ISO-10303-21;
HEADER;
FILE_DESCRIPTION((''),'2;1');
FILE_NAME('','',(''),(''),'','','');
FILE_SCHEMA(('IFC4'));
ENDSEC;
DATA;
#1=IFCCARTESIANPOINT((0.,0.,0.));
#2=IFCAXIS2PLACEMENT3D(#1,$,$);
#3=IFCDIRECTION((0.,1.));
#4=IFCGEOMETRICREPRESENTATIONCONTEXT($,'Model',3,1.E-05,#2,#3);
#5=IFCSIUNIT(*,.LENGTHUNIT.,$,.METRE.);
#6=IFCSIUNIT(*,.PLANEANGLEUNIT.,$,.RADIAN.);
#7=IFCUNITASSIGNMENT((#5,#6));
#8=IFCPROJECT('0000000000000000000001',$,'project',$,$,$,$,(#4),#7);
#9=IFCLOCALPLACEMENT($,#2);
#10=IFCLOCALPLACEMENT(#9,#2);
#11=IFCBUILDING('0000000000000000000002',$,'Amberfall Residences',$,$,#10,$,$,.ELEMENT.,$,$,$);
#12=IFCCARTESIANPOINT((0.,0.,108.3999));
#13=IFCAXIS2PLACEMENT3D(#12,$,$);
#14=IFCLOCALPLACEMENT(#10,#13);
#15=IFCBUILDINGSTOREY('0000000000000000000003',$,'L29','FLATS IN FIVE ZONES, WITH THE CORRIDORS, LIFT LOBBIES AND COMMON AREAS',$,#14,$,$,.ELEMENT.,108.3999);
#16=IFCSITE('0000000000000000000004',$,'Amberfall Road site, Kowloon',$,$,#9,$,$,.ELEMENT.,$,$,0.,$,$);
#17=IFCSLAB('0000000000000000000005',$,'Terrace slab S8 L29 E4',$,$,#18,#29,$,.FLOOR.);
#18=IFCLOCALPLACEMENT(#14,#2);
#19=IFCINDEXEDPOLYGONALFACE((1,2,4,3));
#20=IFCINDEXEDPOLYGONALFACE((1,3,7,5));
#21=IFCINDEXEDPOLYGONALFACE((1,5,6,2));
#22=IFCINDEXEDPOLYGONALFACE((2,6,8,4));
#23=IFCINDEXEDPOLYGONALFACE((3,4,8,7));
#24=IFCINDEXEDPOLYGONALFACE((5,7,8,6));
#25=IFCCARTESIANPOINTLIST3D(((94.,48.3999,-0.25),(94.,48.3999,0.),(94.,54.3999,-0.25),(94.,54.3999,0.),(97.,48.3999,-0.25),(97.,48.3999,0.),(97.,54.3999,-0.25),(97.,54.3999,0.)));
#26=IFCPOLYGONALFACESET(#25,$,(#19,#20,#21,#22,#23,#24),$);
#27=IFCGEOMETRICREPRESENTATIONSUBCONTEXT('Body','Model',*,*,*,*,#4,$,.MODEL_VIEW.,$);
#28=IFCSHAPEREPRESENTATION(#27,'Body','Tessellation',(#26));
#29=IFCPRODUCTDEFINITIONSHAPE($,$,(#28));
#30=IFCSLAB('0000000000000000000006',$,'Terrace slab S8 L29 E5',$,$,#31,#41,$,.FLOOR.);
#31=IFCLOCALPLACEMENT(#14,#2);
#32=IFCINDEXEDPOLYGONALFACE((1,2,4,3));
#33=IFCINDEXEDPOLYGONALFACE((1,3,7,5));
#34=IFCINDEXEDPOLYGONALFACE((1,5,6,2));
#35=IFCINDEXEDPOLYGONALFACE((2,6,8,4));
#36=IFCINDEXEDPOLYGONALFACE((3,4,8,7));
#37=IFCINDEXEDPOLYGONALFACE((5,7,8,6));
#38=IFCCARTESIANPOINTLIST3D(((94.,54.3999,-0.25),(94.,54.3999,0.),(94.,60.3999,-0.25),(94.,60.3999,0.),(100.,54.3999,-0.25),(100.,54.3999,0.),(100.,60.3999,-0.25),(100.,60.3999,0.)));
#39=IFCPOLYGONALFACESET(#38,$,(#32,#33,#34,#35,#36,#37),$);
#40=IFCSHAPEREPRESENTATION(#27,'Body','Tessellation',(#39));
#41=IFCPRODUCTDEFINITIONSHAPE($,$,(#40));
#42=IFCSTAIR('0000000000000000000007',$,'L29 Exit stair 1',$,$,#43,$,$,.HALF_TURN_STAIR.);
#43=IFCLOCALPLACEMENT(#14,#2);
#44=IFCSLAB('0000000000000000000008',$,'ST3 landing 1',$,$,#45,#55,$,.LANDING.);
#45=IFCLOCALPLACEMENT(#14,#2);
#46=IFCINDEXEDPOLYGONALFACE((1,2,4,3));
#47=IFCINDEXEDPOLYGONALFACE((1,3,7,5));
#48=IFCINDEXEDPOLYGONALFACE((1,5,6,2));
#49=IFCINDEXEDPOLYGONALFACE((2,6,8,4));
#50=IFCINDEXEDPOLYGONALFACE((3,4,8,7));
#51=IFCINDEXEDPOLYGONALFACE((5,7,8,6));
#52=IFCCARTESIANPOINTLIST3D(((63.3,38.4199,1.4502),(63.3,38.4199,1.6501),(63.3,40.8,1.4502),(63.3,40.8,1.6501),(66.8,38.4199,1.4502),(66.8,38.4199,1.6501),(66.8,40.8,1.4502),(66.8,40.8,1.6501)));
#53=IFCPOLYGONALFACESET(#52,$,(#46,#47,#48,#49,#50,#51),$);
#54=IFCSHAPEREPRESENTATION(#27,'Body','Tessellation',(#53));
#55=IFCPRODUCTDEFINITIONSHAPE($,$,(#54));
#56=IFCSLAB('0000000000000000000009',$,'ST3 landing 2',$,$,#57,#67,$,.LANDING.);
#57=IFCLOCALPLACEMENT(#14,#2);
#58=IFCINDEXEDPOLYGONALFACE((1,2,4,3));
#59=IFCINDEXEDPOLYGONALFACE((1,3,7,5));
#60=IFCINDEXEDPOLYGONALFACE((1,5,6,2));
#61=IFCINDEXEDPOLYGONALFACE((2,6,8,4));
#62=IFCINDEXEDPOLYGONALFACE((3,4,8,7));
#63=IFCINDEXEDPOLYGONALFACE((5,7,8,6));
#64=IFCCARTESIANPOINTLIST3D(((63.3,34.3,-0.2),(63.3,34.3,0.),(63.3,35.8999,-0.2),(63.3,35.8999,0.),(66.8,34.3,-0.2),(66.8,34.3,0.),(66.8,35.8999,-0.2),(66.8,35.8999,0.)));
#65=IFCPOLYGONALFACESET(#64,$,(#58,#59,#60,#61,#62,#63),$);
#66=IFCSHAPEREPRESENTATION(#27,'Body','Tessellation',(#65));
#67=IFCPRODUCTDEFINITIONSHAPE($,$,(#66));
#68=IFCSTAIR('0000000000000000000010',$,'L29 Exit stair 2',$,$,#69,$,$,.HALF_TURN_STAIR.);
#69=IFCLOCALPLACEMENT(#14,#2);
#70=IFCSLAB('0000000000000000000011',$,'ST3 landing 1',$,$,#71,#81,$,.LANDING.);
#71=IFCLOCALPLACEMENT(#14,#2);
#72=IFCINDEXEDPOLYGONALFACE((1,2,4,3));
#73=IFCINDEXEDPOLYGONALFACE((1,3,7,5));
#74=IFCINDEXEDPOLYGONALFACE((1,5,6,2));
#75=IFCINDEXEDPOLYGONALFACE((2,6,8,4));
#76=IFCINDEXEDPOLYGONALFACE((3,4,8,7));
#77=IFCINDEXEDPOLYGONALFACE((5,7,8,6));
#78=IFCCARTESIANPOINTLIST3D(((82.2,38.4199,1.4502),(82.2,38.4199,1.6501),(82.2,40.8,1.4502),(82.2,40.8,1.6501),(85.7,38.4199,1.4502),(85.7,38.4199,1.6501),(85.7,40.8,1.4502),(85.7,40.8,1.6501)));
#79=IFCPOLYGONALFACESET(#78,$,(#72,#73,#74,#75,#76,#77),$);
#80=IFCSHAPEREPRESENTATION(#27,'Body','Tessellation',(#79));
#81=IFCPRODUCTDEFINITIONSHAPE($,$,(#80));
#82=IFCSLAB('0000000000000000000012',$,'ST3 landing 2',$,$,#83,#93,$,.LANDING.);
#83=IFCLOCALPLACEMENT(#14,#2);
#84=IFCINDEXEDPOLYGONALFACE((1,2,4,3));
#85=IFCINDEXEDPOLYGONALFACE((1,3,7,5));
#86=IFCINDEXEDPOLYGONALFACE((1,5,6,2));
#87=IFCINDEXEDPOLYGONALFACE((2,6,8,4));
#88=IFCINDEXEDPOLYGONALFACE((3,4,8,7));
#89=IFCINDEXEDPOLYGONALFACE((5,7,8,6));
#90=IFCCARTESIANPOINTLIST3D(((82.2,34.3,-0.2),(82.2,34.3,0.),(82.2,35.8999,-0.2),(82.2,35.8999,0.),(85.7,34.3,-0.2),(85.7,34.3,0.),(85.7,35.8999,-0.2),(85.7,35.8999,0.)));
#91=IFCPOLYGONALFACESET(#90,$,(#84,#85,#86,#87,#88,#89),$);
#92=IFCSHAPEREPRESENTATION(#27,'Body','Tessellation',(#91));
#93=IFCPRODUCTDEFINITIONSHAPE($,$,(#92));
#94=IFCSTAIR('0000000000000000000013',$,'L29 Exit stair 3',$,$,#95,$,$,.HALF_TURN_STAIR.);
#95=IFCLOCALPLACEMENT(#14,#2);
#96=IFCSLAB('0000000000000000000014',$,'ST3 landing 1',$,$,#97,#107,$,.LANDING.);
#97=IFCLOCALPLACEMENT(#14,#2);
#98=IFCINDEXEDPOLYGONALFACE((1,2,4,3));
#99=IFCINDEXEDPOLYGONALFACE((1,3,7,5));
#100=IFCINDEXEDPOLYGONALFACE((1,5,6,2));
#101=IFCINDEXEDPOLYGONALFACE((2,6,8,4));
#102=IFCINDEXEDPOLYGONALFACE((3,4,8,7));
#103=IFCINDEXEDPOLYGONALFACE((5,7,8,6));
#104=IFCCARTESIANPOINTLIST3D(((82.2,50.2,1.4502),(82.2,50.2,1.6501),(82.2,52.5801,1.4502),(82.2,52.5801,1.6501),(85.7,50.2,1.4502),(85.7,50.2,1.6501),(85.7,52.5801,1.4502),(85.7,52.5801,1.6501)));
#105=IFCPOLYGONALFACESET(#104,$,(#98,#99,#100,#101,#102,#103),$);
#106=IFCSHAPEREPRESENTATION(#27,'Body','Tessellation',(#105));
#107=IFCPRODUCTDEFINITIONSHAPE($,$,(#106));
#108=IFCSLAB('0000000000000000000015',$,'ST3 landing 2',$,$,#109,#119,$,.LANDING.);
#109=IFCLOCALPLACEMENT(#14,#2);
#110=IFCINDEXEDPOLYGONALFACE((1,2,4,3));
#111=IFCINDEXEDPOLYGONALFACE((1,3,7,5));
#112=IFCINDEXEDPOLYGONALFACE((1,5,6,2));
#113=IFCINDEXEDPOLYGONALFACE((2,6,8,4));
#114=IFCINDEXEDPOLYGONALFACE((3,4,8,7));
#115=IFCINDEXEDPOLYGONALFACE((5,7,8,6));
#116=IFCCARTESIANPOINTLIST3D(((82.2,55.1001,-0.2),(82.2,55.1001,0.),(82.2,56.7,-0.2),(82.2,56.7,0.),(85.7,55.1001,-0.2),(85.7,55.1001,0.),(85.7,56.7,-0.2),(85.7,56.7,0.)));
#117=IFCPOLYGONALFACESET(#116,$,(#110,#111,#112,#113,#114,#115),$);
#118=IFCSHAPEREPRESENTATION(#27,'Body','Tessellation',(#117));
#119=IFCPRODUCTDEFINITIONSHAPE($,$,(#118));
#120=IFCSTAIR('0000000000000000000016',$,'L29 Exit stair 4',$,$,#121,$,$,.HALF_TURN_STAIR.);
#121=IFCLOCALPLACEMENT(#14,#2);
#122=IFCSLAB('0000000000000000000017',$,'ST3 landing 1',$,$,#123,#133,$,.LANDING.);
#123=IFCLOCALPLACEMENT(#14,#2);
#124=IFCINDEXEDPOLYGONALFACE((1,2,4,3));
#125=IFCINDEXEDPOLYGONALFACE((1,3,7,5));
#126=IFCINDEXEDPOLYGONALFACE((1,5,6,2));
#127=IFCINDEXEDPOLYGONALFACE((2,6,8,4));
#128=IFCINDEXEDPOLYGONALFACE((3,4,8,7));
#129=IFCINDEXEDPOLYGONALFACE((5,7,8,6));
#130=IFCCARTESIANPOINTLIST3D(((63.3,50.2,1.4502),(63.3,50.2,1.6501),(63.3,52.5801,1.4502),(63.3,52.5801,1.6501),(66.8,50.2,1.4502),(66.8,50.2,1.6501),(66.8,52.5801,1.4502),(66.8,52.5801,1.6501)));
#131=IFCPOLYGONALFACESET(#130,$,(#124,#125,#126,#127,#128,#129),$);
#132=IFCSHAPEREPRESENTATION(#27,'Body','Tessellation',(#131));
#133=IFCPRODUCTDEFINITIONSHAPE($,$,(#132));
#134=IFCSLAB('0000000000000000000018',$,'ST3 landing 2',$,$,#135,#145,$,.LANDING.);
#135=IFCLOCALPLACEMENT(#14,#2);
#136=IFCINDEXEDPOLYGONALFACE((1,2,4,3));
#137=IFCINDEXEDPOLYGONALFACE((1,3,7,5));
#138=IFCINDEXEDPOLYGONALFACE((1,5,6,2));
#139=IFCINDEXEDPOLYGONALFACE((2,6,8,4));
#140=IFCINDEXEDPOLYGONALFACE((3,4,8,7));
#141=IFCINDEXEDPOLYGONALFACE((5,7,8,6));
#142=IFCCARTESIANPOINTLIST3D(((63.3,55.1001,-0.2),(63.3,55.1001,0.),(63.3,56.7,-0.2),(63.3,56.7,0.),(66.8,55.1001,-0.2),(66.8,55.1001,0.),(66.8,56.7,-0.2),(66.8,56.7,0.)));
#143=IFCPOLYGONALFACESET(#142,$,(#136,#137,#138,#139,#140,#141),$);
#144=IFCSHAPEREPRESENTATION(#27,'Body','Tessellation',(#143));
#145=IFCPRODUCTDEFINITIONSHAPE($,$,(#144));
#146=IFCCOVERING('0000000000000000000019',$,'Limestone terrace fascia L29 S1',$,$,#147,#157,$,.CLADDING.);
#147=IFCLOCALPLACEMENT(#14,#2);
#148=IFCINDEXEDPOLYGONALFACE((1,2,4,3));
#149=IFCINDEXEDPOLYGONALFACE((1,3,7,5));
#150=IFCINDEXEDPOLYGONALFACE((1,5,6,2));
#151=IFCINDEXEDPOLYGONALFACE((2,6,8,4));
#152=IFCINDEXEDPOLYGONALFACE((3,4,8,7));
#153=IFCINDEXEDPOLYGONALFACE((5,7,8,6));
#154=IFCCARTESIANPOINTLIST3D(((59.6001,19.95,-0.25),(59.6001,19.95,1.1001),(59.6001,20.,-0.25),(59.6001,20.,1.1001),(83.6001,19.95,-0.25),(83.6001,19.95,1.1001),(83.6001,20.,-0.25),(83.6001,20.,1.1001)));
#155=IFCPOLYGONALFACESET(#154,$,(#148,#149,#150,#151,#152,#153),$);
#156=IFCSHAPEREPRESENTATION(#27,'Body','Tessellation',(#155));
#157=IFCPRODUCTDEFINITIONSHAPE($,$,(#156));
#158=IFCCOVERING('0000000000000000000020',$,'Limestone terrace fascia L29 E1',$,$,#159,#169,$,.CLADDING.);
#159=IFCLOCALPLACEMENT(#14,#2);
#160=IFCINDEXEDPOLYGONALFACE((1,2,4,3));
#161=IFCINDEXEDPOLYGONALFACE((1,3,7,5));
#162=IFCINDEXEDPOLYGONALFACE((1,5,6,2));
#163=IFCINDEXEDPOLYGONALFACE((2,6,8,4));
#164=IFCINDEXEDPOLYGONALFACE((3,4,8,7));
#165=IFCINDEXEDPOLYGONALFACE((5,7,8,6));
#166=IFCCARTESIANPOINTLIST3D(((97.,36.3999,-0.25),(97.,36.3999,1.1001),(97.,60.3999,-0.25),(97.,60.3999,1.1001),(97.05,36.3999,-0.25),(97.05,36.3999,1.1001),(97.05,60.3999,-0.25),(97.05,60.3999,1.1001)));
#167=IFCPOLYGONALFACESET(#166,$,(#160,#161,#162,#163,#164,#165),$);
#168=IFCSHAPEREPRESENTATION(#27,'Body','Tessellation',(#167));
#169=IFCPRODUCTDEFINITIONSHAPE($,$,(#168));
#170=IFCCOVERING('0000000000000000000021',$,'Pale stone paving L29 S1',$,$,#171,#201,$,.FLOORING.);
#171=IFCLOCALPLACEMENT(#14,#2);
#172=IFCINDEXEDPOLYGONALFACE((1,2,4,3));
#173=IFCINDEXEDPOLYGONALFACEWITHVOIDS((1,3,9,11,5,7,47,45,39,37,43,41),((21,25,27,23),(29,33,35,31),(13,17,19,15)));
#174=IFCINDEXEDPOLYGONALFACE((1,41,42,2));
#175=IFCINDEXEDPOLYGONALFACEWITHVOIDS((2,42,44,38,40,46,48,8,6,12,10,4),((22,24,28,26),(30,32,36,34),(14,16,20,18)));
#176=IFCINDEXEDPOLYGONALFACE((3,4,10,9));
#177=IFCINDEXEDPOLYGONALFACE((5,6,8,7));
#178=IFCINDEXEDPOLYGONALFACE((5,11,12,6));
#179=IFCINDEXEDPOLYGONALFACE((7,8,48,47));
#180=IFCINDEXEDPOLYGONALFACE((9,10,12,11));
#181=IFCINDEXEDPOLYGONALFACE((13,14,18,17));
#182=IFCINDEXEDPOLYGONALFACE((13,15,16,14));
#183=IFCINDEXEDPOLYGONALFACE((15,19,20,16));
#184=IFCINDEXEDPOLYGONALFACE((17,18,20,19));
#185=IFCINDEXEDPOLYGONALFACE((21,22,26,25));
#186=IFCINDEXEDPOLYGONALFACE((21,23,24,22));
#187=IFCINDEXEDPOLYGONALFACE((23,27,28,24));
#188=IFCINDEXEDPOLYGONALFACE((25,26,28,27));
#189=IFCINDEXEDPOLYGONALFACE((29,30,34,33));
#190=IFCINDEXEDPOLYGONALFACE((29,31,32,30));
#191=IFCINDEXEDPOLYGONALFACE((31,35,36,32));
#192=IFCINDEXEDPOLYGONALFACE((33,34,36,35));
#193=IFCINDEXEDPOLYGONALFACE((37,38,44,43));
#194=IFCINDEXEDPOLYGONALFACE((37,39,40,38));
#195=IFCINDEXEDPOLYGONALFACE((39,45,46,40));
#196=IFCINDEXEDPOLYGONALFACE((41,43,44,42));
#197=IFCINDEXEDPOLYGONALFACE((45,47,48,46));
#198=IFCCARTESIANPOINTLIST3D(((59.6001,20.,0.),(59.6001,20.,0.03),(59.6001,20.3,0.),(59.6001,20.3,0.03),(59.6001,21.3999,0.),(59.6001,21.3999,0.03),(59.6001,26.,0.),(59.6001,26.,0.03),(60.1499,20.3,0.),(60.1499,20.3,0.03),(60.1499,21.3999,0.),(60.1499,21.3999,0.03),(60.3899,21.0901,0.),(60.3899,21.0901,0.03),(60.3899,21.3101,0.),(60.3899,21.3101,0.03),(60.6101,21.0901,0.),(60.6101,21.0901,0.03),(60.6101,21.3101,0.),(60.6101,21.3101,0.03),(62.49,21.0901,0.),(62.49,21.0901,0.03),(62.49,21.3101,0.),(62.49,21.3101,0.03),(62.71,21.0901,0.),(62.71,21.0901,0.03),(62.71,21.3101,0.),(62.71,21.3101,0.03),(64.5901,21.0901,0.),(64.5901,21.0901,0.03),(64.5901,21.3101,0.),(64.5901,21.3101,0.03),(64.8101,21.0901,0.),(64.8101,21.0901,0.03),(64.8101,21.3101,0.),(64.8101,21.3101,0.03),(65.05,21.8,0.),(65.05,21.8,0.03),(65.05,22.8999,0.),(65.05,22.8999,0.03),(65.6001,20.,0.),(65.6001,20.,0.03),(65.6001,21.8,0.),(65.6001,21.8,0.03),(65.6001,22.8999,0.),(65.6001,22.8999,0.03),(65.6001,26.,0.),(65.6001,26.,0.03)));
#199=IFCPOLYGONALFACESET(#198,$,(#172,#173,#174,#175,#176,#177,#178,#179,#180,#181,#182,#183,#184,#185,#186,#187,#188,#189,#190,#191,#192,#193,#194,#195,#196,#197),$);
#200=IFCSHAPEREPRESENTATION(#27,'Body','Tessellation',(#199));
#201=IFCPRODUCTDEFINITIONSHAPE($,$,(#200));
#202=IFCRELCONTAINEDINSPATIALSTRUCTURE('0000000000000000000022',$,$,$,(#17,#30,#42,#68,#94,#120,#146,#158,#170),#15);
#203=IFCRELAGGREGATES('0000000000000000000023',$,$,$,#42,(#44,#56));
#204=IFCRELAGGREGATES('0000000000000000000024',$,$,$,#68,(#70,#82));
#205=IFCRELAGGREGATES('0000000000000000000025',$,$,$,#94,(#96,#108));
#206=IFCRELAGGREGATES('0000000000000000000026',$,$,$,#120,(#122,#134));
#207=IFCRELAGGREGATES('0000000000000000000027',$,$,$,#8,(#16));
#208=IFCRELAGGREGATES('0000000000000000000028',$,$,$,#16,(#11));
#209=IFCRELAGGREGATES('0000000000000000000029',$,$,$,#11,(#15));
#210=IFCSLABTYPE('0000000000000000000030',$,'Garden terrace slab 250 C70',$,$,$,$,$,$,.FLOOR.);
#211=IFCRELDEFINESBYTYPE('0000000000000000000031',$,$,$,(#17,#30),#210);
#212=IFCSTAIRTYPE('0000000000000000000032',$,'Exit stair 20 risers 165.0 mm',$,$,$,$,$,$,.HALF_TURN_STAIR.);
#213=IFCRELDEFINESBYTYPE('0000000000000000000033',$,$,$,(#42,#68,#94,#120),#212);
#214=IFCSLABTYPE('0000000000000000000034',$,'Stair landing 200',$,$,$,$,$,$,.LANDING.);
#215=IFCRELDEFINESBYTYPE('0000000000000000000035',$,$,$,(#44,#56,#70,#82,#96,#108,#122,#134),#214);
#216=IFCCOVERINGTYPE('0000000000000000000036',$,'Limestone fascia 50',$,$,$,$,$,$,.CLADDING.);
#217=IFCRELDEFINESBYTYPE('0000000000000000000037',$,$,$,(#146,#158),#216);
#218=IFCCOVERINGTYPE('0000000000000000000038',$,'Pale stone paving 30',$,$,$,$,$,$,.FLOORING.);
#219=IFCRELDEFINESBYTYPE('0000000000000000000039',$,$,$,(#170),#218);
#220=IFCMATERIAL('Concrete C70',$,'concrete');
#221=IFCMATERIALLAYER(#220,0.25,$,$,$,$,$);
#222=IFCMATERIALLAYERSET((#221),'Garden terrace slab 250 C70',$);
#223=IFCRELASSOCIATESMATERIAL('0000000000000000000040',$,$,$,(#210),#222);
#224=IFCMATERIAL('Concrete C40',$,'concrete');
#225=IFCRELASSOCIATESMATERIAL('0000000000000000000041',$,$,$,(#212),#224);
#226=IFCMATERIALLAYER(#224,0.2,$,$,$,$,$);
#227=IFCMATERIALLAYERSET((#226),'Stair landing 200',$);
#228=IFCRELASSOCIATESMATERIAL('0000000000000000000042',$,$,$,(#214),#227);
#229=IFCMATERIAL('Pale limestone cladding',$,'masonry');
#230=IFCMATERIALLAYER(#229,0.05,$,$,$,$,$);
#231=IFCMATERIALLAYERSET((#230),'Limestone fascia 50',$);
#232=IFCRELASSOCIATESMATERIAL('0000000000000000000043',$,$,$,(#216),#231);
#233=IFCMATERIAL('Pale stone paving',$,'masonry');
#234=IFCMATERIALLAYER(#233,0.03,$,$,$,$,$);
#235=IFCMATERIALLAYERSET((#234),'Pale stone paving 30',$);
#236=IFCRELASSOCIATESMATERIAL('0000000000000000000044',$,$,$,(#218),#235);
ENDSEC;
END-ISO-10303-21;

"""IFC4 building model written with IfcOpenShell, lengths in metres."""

from ifc_helpers import new_model, si_unit, direction, frame, origin, place, context, subcontext, project, spatial, polyline, outline, extrude, material, layer, layer_set, type_object, element, aggregate, save


model = new_model("IFC4")

# Units and contexts
model_context = context("Model", 3, precision=1e-05, world=origin(), true_north=direction((0.0, 1.0)))
body_context = subcontext(model_context, "Body", "Model", "MODEL_VIEW")
ifc_project = project(units=[si_unit("LENGTHUNIT", "METRE"), si_unit("PLANEANGLEUNIT", "RADIAN")], contexts=[model_context])

# Site, building, storey
site_placement = place(None, origin())
site = spatial("IfcSite", under=ifc_project, at=site_placement, Name="Amberfall Road site, Kowloon", CompositionType="ELEMENT", RefElevation=0.0)
building_placement = place(site_placement, origin())
building = spatial("IfcBuilding", under=site, at=building_placement, Name="Amberfall Residences", CompositionType="ELEMENT")
storey_placement = place(building_placement, frame((0.0, 0.0, 108.3999)))
storey = spatial("IfcBuildingStorey", under=building, at=storey_placement, Name="L29", Description="FLATS IN FIVE ZONES, WITH THE CORRIDORS, LIFT LOBBIES AND COMMON AREAS", CompositionType="ELEMENT", Elevation=108.3999)

# Slabs
ifc_material_1 = material(Name="Concrete C70", Category="concrete")
ifc_layer_1 = layer(ifc_material_1, 0.25)
ifc_layer_set_1 = layer_set([ifc_layer_1], Name="Garden terrace slab 250 C70")
slab_type_1 = type_object("IfcSlabType", Name="Garden terrace slab 250 C70", PredefinedType="FLOOR", material=ifc_layer_set_1)
slab_1_placement = place(storey_placement, frame((0.0, 0.0, -0.25)))
element("IfcSlab", 1, at=slab_1_placement, inside=storey, type_object=slab_type_1, Name="Terrace slab S8 L29 E4", PredefinedType="FLOOR", context=body_context, shape_type="SweptSolid", body=[
    extrude(outline(polyline([(94.0, 48.3999), (94.0, 54.3999), (97.0, 54.3999), (97.0, 48.3999), (94.0, 48.3999)])), origin(), (0.0, 0.0, 1.0), 0.25),
])
slab_2_placement = place(storey_placement, frame((0.0, 0.0, -0.25)))
element("IfcSlab", 2, at=slab_2_placement, inside=storey, type_object=slab_type_1, Name="Terrace slab S8 L29 E5", PredefinedType="FLOOR", context=body_context, shape_type="SweptSolid", body=[
    extrude(outline(polyline([(100.0, 54.3999), (100.0, 60.3999), (94.0, 60.3999), (94.0, 54.3999), (100.0, 54.3999)])), origin(), (0.0, 0.0, 1.0), 0.25),
])

# Stairs, slabs
ifc_material_2 = material(Name="Concrete C40", Category="concrete")
stair_type = type_object("IfcStairType", Name="Exit stair 20 risers 165.0 mm", PredefinedType="HALF_TURN_STAIR", material=ifc_material_2)
stair_1_placement = place(storey_placement, origin())
stair_1 = element("IfcStair", 3, at=stair_1_placement, inside=storey, type_object=stair_type, Name="L29 Exit stair 1", PredefinedType="HALF_TURN_STAIR")
ifc_layer_2 = layer(ifc_material_2, 0.2)
ifc_layer_set_2 = layer_set([ifc_layer_2], Name="Stair landing 200")
slab_type_2 = type_object("IfcSlabType", Name="Stair landing 200", PredefinedType="LANDING", material=ifc_layer_set_2)
slab_3_placement = place(storey_placement, frame((0.0, 0.0, 1.4502)))
slab_3 = element("IfcSlab", 4, at=slab_3_placement, type_object=slab_type_2, Name="ST3 landing 1", PredefinedType="LANDING", context=body_context, shape_type="SweptSolid", body=[
    extrude(outline(polyline([(66.8, 38.4199), (66.8, 40.8), (63.3, 40.8), (63.3, 38.4199), (66.8, 38.4199)])), origin(), (0.0, 0.0, 1.0), 0.2),
])
slab_4_placement = place(storey_placement, frame((0.0, 0.0, -0.2)))
slab_4 = element("IfcSlab", 5, at=slab_4_placement, type_object=slab_type_2, Name="ST3 landing 2", PredefinedType="LANDING", context=body_context, shape_type="SweptSolid", body=[
    extrude(outline(polyline([(66.8, 34.3), (66.8, 35.8999), (63.3, 35.8999), (63.3, 34.3), (66.8, 34.3)])), origin(), (0.0, 0.0, 1.0), 0.2),
])
aggregate(stair_1, [slab_3, slab_4])
stair_2_placement = place(storey_placement, origin())
stair_2 = element("IfcStair", 6, at=stair_2_placement, inside=storey, type_object=stair_type, Name="L29 Exit stair 2", PredefinedType="HALF_TURN_STAIR")
slab_5_placement = place(storey_placement, frame((0.0, 0.0, 1.4502)))
slab_5 = element("IfcSlab", 7, at=slab_5_placement, type_object=slab_type_2, Name="ST3 landing 1", PredefinedType="LANDING", context=body_context, shape_type="SweptSolid", body=[
    extrude(outline(polyline([(85.7, 38.4199), (85.7, 40.8), (82.2, 40.8), (82.2, 38.4199), (85.7, 38.4199)])), origin(), (0.0, 0.0, 1.0), 0.2),
])
slab_6_placement = place(storey_placement, frame((0.0, 0.0, -0.2)))
slab_6 = element("IfcSlab", 8, at=slab_6_placement, type_object=slab_type_2, Name="ST3 landing 2", PredefinedType="LANDING", context=body_context, shape_type="SweptSolid", body=[
    extrude(outline(polyline([(85.7, 34.3), (85.7, 35.8999), (82.2, 35.8999), (82.2, 34.3), (85.7, 34.3)])), origin(), (0.0, 0.0, 1.0), 0.2),
])
aggregate(stair_2, [slab_5, slab_6])
stair_3_placement = place(storey_placement, origin())
stair_3 = element("IfcStair", 9, at=stair_3_placement, inside=storey, type_object=stair_type, Name="L29 Exit stair 3", PredefinedType="HALF_TURN_STAIR")
slab_7_placement = place(storey_placement, frame((0.0, 0.0, 1.4502)))
slab_7 = element("IfcSlab", 10, at=slab_7_placement, type_object=slab_type_2, Name="ST3 landing 1", PredefinedType="LANDING", context=body_context, shape_type="SweptSolid", body=[
    extrude(outline(polyline([(82.2, 52.5801), (82.2, 50.2), (85.7, 50.2), (85.7, 52.5801), (82.2, 52.5801)])), origin(), (0.0, 0.0, 1.0), 0.2),
])
slab_8_placement = place(storey_placement, frame((0.0, 0.0, -0.2)))
slab_8 = element("IfcSlab", 11, at=slab_8_placement, type_object=slab_type_2, Name="ST3 landing 2", PredefinedType="LANDING", context=body_context, shape_type="SweptSolid", body=[
    extrude(outline(polyline([(82.2, 56.7), (82.2, 55.1001), (85.7, 55.1001), (85.7, 56.7), (82.2, 56.7)])), origin(), (0.0, 0.0, 1.0), 0.2),
])
aggregate(stair_3, [slab_7, slab_8])
stair_4_placement = place(storey_placement, origin())
stair_4 = element("IfcStair", 12, at=stair_4_placement, inside=storey, type_object=stair_type, Name="L29 Exit stair 4", PredefinedType="HALF_TURN_STAIR")
slab_9_placement = place(storey_placement, frame((0.0, 0.0, 1.4502)))
slab_9 = element("IfcSlab", 13, at=slab_9_placement, type_object=slab_type_2, Name="ST3 landing 1", PredefinedType="LANDING", context=body_context, shape_type="SweptSolid", body=[
    extrude(outline(polyline([(63.3, 52.5801), (63.3, 50.2), (66.8, 50.2), (66.8, 52.5801), (63.3, 52.5801)])), origin(), (0.0, 0.0, 1.0), 0.2),
])
slab_10_placement = place(storey_placement, frame((0.0, 0.0, -0.2)))
slab_10 = element("IfcSlab", 14, at=slab_10_placement, type_object=slab_type_2, Name="ST3 landing 2", PredefinedType="LANDING", context=body_context, shape_type="SweptSolid", body=[
    extrude(outline(polyline([(63.3, 56.7), (63.3, 55.1001), (66.8, 55.1001), (66.8, 56.7), (63.3, 56.7)])), origin(), (0.0, 0.0, 1.0), 0.2),
])
aggregate(stair_4, [slab_9, slab_10])

# Coverings
ifc_material_3 = material(Name="Pale limestone cladding", Category="masonry")
ifc_layer_3 = layer(ifc_material_3, 0.05)
ifc_layer_set_3 = layer_set([ifc_layer_3], Name="Limestone fascia 50")
covering_type_1 = type_object("IfcCoveringType", Name="Limestone fascia 50", PredefinedType="CLADDING", material=ifc_layer_set_3)
covering_1_placement = place(storey_placement, frame((0.0, 0.0, -0.25)))
element("IfcCovering", 15, at=covering_1_placement, inside=storey, type_object=covering_type_1, Name="Limestone terrace fascia L29 S1", PredefinedType="CLADDING", context=body_context, shape_type="SweptSolid", body=[
    extrude(outline(polyline([(59.6001, 20.0), (83.6001, 20.0), (83.6001, 19.95), (59.6001, 19.95), (59.6001, 20.0)])), origin(), (0.0, 0.0, 1.0), 1.3501),
])
covering_2_placement = place(storey_placement, frame((0.0, 0.0, -0.25)))
element("IfcCovering", 16, at=covering_2_placement, inside=storey, type_object=covering_type_1, Name="Limestone terrace fascia L29 E1", PredefinedType="CLADDING", context=body_context, shape_type="SweptSolid", body=[
    extrude(outline(polyline([(97.0, 36.3999), (97.0, 60.3999), (97.05, 60.3999), (97.05, 36.3999), (97.0, 36.3999)])), origin(), (0.0, 0.0, 1.0), 1.3501),
])
ifc_material_4 = material(Name="Pale stone paving", Category="masonry")
ifc_layer_4 = layer(ifc_material_4, 0.03)
ifc_layer_set_4 = layer_set([ifc_layer_4], Name="Pale stone paving 30")
covering_type_2 = type_object("IfcCoveringType", Name="Pale stone paving 30", PredefinedType="FLOORING", material=ifc_layer_set_4)
covering_3_placement = place(storey_placement, origin())
element("IfcCovering", 17, at=covering_3_placement, inside=storey, type_object=covering_type_2, Name="Pale stone paving L29 S1", PredefinedType="FLOORING", context=body_context, shape_type="SweptSolid", body=[
    extrude(outline(polyline([(65.6001, 20.0), (65.6001, 21.8), (65.05, 21.8), (65.05, 22.8999), (65.6001, 22.8999), (65.6001, 26.0), (59.6001, 26.0), (59.6001, 21.3999), (60.1499, 21.3999), (60.1499, 20.3), (59.6001, 20.3), (59.6001, 20.0), (65.6001, 20.0)]), holes=[polyline([(60.3899, 21.0901), (60.6101, 21.0901), (60.6101, 21.3101), (60.3899, 21.3101), (60.3899, 21.0901)]), polyline([(62.49, 21.0901), (62.71, 21.0901), (62.71, 21.3101), (62.49, 21.3101), (62.49, 21.0901)]), polyline([(64.5901, 21.0901), (64.8101, 21.0901), (64.8101, 21.3101), (64.5901, 21.3101), (64.5901, 21.0901)])]), origin(), (0.0, 0.0, 1.0), 0.03),
])

save(model, "model.ifc")
